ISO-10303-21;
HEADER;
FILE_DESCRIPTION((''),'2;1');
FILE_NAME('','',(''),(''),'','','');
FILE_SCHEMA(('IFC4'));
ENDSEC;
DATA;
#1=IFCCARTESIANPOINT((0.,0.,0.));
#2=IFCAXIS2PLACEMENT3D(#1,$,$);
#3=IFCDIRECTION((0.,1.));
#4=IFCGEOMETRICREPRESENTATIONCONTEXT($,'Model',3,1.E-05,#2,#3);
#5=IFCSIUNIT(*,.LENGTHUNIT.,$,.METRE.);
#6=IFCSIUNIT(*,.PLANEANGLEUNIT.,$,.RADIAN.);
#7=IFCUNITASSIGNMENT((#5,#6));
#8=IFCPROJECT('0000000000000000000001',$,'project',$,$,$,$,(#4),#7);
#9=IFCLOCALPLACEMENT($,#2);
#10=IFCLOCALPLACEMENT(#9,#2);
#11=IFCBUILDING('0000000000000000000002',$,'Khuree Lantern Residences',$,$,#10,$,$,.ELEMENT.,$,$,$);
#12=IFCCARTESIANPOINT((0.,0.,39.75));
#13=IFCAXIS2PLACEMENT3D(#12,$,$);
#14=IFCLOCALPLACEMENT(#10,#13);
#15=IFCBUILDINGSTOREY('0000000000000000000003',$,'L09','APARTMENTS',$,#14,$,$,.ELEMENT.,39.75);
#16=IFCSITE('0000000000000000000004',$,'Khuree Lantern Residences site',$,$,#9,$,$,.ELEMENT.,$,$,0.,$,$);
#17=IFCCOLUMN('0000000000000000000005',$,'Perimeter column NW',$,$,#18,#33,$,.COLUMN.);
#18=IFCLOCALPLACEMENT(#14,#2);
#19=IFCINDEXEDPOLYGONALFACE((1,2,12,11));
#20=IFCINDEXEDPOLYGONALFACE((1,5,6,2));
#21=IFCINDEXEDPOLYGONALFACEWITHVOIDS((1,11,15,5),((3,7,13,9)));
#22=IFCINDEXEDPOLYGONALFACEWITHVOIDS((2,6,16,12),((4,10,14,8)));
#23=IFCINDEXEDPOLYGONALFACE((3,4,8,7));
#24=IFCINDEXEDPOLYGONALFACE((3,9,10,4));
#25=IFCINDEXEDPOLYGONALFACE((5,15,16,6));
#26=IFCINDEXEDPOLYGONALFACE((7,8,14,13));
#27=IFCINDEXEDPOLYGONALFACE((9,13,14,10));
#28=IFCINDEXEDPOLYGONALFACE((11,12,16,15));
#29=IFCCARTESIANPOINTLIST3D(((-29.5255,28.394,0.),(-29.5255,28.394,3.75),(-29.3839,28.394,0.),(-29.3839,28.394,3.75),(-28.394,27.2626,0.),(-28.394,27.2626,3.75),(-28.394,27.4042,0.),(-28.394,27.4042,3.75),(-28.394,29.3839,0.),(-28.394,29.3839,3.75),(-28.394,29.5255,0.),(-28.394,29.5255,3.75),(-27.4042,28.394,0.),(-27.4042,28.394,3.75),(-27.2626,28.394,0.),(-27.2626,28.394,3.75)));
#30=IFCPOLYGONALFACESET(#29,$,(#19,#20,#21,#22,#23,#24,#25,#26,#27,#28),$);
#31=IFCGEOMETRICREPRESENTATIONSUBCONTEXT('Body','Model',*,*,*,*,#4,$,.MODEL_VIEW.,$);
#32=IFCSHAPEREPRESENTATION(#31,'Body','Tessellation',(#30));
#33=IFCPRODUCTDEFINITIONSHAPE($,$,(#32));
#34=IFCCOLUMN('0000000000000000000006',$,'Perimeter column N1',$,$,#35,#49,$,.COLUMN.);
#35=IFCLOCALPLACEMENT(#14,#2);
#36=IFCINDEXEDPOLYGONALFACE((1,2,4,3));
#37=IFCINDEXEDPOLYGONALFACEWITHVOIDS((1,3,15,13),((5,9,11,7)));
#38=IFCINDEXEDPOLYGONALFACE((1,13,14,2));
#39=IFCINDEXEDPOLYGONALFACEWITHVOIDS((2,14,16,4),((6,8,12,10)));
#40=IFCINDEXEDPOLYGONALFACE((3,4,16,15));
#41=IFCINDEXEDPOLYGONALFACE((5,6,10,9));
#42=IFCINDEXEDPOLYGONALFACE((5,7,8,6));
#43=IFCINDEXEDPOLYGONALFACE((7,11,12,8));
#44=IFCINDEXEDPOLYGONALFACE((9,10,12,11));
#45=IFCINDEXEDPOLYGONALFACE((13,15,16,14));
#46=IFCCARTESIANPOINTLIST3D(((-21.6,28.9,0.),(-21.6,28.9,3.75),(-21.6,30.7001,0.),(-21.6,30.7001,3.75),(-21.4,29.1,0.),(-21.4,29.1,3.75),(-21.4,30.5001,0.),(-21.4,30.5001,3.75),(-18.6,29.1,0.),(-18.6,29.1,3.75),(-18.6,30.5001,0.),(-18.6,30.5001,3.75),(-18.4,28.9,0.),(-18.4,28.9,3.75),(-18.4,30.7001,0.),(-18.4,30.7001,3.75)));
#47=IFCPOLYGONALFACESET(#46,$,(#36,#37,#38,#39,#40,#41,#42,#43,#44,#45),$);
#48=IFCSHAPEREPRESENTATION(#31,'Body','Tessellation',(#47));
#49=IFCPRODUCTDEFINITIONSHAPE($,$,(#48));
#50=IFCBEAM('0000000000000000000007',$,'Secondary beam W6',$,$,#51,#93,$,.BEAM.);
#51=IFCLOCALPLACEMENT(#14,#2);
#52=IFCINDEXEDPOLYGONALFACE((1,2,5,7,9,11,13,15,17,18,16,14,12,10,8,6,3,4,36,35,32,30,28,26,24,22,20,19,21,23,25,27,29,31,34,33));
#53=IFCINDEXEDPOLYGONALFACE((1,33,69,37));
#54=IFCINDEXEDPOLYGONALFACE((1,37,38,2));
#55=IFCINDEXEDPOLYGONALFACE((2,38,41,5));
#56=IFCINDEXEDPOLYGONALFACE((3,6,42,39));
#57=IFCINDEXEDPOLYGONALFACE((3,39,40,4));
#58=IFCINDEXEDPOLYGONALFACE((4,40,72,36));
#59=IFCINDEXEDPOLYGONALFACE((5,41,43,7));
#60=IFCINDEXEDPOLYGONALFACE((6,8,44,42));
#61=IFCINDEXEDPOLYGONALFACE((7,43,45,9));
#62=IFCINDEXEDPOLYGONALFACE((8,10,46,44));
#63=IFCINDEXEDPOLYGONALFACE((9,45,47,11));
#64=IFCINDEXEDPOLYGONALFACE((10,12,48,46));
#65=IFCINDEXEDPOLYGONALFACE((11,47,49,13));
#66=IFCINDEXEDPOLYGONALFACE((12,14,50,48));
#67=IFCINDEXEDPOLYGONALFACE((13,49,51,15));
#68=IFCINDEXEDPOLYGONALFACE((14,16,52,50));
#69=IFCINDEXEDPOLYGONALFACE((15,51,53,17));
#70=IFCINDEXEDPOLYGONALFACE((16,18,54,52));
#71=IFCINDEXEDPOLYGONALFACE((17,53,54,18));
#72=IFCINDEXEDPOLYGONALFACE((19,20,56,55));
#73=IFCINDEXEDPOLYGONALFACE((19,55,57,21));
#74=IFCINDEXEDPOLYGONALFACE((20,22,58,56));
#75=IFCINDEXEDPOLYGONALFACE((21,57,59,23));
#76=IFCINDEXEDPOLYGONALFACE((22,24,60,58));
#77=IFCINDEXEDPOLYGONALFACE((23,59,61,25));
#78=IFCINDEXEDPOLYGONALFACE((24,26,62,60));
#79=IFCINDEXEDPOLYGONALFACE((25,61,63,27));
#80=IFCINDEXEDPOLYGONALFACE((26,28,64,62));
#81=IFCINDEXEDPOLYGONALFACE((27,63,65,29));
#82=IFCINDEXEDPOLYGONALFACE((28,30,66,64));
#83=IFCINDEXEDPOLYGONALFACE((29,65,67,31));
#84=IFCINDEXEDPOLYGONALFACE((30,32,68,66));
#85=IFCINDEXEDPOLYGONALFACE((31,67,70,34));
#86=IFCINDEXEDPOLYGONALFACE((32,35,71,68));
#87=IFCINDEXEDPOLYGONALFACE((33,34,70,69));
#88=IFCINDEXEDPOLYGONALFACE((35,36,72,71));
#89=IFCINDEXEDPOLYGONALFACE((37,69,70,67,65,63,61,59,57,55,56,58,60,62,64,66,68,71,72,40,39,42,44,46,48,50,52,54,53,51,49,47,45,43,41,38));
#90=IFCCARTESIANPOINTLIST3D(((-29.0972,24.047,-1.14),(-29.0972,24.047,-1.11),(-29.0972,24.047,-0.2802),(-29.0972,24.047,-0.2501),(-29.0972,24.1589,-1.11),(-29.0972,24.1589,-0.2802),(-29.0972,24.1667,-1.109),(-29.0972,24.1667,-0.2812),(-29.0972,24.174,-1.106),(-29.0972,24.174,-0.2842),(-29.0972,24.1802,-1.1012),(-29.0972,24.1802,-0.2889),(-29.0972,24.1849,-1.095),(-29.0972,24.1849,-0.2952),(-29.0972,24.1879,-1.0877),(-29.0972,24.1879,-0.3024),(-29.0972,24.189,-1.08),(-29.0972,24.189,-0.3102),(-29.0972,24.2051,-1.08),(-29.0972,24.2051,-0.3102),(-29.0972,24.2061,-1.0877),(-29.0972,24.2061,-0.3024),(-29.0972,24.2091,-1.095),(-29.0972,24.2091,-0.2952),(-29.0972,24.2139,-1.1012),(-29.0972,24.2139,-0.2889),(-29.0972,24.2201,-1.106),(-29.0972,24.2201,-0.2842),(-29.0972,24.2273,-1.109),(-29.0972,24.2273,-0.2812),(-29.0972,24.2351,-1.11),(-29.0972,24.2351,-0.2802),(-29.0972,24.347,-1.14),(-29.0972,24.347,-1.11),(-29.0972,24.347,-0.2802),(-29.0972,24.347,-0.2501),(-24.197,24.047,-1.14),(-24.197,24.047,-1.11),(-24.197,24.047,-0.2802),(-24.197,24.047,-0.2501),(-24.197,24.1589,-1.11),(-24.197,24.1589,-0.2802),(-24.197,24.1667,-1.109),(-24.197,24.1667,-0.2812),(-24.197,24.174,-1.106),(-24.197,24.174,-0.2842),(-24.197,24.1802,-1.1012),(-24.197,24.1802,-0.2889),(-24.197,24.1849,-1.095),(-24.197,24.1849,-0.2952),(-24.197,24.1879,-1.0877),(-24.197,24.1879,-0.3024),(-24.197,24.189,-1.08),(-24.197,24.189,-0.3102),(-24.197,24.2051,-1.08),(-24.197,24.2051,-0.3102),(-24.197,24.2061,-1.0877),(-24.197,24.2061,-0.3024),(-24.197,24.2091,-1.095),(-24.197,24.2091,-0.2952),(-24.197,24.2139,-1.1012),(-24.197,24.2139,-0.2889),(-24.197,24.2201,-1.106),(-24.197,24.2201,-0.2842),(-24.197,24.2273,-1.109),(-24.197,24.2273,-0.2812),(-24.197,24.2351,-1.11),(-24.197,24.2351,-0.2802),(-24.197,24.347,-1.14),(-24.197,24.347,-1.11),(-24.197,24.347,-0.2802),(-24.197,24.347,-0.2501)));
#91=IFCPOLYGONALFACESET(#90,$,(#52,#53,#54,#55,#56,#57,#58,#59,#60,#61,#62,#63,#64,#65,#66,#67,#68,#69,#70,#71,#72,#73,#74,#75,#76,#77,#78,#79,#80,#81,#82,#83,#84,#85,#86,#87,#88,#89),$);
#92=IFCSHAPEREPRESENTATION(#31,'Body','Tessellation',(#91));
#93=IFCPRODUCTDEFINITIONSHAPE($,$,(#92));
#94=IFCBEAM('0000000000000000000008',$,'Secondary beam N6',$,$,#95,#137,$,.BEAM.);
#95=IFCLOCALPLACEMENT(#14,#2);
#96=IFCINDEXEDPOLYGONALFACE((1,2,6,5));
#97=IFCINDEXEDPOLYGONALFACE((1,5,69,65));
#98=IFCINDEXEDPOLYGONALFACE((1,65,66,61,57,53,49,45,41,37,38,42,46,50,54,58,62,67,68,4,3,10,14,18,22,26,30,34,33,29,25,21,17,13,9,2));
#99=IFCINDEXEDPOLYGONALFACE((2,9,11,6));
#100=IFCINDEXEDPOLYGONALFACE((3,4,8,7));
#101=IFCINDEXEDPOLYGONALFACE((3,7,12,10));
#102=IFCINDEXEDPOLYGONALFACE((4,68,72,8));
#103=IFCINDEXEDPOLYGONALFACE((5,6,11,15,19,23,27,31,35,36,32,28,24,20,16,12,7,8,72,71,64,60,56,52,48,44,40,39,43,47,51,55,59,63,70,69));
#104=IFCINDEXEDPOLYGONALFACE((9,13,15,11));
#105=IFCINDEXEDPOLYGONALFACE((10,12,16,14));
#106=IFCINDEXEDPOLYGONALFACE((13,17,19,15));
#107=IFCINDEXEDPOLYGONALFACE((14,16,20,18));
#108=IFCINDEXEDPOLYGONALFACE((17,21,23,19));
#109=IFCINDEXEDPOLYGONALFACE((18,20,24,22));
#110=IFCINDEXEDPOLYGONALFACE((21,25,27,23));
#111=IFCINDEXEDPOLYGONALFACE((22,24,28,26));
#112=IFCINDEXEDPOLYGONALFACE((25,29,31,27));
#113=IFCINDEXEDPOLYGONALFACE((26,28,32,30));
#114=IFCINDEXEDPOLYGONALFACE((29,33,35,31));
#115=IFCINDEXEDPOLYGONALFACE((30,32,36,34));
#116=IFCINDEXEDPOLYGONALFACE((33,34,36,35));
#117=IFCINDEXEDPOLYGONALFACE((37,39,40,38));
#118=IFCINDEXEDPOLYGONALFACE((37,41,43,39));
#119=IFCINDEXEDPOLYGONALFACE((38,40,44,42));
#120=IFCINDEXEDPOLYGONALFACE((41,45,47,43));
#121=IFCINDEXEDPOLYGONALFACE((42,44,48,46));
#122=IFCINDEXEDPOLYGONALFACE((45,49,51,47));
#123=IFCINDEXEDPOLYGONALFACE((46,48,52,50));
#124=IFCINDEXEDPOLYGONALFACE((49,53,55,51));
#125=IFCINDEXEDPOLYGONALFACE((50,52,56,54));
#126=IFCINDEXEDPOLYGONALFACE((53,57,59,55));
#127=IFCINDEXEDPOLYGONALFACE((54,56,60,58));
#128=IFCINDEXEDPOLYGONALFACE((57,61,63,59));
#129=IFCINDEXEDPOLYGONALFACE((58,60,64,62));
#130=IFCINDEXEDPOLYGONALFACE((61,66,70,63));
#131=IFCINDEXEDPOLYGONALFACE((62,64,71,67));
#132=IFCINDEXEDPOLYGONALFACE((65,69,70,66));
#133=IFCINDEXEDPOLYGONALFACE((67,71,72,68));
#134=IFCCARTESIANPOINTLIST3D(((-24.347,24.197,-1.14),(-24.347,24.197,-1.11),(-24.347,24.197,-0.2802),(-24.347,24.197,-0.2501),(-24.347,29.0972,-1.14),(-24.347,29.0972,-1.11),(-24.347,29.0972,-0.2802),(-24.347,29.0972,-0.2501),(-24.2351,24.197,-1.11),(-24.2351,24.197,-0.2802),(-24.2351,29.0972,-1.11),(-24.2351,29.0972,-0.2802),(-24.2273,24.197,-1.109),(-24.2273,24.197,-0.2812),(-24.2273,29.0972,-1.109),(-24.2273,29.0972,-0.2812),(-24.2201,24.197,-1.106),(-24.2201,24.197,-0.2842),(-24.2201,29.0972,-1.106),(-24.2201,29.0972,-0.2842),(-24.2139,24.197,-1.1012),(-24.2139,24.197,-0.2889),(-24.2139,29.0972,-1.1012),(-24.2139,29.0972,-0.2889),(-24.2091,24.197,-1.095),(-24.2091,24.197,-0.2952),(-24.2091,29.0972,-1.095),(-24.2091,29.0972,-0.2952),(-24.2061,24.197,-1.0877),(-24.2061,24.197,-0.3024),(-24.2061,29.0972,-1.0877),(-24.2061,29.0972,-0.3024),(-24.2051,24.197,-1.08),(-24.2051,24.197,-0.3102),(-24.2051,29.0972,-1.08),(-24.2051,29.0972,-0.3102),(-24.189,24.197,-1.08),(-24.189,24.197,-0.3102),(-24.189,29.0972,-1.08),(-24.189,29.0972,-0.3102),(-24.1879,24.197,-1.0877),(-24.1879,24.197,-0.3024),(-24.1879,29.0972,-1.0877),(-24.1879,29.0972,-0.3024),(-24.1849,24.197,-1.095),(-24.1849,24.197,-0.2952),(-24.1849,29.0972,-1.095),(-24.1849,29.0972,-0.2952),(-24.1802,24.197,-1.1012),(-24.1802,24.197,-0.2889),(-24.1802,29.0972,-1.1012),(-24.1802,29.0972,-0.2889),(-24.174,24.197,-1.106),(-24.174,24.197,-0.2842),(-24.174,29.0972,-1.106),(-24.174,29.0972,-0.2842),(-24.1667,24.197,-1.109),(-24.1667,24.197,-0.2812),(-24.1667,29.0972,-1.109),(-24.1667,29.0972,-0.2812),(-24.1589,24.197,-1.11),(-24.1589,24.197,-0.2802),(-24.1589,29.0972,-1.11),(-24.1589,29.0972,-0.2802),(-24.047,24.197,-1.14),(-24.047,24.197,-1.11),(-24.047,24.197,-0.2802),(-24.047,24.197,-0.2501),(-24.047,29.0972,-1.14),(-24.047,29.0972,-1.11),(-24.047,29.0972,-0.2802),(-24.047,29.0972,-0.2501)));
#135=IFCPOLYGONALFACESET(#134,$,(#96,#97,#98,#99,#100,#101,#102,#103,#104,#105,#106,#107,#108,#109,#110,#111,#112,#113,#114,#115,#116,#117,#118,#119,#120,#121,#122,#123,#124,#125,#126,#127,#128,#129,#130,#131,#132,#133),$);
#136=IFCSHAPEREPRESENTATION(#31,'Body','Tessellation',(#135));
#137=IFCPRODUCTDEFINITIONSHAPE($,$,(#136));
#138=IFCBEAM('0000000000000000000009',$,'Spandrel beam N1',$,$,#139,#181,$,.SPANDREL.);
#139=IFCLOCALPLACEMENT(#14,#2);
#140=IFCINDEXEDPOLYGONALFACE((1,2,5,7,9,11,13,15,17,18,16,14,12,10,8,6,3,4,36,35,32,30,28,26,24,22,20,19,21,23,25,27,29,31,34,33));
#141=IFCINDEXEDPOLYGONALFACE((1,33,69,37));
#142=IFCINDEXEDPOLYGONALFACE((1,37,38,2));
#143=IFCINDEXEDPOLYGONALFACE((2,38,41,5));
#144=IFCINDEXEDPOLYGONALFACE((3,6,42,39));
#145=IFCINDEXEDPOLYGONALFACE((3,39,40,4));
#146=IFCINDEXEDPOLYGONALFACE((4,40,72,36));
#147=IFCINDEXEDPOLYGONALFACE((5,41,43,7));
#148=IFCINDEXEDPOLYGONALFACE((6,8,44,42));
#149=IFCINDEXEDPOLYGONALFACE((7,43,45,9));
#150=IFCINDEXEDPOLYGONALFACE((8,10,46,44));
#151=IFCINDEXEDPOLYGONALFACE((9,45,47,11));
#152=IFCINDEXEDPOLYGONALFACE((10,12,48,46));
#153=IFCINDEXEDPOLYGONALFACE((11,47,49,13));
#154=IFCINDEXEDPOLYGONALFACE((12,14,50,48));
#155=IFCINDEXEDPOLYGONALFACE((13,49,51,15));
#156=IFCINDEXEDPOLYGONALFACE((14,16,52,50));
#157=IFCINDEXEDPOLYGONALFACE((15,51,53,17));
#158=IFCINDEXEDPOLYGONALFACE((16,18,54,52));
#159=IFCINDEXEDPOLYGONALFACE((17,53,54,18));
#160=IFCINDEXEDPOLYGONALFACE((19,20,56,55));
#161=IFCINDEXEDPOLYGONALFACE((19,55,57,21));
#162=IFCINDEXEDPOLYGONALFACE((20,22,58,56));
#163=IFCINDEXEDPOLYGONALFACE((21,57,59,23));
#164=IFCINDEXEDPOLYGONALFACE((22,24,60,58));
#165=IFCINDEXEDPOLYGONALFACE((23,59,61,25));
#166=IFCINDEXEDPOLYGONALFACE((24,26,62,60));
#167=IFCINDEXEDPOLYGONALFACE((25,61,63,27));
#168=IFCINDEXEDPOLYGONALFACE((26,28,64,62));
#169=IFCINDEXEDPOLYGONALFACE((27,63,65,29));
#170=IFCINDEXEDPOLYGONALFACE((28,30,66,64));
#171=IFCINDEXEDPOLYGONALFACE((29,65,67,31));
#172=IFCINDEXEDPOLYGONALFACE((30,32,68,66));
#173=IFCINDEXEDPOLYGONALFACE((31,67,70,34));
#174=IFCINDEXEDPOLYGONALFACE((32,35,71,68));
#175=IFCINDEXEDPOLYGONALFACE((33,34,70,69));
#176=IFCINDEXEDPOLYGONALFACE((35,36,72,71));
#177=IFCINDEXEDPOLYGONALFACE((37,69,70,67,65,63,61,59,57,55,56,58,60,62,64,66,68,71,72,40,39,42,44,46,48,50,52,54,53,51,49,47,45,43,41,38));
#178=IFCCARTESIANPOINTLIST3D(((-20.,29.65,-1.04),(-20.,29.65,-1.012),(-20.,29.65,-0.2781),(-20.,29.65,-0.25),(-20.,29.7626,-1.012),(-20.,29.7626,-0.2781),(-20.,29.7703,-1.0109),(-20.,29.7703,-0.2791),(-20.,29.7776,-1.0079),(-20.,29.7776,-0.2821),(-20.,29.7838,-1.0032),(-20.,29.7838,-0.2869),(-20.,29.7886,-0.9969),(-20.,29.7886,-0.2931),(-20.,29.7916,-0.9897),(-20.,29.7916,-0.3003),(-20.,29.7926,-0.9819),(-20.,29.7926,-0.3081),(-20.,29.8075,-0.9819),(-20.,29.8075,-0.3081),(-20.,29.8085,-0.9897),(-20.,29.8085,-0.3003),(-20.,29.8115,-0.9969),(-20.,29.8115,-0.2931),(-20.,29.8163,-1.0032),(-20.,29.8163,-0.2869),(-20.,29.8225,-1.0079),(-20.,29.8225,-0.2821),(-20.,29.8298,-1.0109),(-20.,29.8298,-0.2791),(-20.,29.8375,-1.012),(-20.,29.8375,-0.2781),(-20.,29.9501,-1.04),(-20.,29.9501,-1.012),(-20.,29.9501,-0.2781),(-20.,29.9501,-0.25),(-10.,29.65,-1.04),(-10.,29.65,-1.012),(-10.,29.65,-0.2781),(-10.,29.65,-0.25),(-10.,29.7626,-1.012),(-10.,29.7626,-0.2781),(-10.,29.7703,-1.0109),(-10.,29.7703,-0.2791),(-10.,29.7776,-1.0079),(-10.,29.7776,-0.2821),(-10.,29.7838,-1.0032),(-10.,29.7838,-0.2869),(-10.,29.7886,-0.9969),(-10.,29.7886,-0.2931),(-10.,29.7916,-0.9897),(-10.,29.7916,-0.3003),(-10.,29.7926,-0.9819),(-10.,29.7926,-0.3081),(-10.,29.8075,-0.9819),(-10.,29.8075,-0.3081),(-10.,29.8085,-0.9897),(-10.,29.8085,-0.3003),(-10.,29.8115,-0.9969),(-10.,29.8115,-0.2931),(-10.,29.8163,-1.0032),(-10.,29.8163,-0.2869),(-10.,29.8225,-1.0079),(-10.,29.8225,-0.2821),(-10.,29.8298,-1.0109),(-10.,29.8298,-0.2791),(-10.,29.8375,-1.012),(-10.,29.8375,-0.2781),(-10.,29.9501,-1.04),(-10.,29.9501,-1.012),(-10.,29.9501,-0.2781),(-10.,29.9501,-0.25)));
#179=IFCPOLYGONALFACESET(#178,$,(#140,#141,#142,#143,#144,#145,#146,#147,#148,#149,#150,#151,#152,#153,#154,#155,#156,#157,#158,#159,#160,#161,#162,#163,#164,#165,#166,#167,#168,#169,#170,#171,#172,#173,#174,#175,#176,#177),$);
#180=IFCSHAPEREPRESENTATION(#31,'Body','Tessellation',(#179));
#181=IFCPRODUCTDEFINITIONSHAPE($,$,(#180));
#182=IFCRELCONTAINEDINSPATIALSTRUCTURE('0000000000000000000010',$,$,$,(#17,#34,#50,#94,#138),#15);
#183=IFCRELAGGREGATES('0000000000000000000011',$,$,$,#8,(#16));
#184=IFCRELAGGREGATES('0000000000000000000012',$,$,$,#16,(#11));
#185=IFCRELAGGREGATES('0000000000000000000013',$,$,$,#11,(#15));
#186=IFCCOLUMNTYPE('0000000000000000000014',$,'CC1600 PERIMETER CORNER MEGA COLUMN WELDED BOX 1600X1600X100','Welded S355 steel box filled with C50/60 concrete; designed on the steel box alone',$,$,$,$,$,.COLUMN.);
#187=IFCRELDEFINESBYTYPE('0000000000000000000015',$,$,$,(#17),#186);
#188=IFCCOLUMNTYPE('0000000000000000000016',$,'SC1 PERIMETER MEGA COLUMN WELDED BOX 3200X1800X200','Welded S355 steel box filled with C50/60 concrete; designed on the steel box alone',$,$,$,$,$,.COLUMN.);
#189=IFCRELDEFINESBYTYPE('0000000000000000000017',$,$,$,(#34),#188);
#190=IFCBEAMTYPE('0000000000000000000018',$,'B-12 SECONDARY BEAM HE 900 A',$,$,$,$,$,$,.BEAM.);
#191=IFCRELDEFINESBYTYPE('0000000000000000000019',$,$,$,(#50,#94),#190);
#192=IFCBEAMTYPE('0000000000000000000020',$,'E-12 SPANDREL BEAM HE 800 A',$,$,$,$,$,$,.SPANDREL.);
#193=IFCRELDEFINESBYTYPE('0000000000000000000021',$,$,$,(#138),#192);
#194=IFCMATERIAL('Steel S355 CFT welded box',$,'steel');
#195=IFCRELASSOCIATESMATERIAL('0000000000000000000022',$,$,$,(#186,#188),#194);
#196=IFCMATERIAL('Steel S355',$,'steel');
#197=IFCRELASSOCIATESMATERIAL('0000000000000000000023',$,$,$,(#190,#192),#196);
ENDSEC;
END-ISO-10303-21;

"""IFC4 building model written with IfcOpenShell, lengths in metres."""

from ifc_helpers import new_model, si_unit, direction, frame, origin, origin_2d, place, context, subcontext, project, spatial, hollow_rectangle, i_section, extrude, material, material_profile, profile_set, type_object, element, save


model = new_model("IFC4")

# Units and contexts
model_context = context("Model", 3, precision=1e-05, world=origin(), true_north=direction((0.0, 1.0)))
body_context = subcontext(model_context, "Body", "Model", "MODEL_VIEW")
ifc_project = project(units=[si_unit("LENGTHUNIT", "METRE"), si_unit("PLANEANGLEUNIT", "RADIAN")], contexts=[model_context])

# Site, building, storey
site_placement = place(None, origin())
site = spatial("IfcSite", under=ifc_project, at=site_placement, Name="Khuree Lantern Residences site", CompositionType="ELEMENT", RefElevation=0.0)
building_placement = place(site_placement, origin())
building = spatial("IfcBuilding", under=site, at=building_placement, Name="Khuree Lantern Residences", CompositionType="ELEMENT")
storey_placement = place(building_placement, frame((0.0, 0.0, 39.75)))
storey = spatial("IfcBuildingStorey", under=building, at=storey_placement, Name="L09", Description="APARTMENTS", CompositionType="ELEMENT", Elevation=39.75)

# Columns
ifc_material_1 = material(Name="Steel S355 CFT welded box", Category="steel")
ifc_material_profile_1 = material_profile(ifc_material_1, hollow_rectangle(XDim=1.6001, YDim=1.6001, WallThickness=0.1001, at=origin_2d()), Name="WELDED BOX 1600X1600X100")
ifc_profile_set_1 = profile_set([ifc_material_profile_1], Name="Steel S355 CFT welded box")
column_type_1 = type_object("IfcColumnType", Name="CC1600 PERIMETER CORNER MEGA COLUMN WELDED BOX 1600X1600X100", Description="Welded S355 steel box filled with C50/60 concrete; designed on the steel box alone", PredefinedType="COLUMN", material=ifc_profile_set_1)
column_1_placement = place(storey_placement, frame((-28.394, 28.394, 0.0), z_axis=(0.0, 0.0, 1.0), x_axis=(0.707107, 0.707107, 0.0)))
element("IfcColumn", 1, at=column_1_placement, inside=storey, type_object=column_type_1, Name="Perimeter column NW", PredefinedType="COLUMN", context=body_context, shape_type="SweptSolid", body=[
    extrude(hollow_rectangle(XDim=1.6001, YDim=1.6001, WallThickness=0.1001, at=origin_2d()), origin(), (0.0, 0.0, 1.0), 3.75),
])
ifc_material_profile_2 = material_profile(ifc_material_1, hollow_rectangle(XDim=3.2, YDim=1.8, WallThickness=0.2, at=origin_2d()), Name="WELDED BOX 3200X1800X200")
ifc_profile_set_2 = profile_set([ifc_material_profile_2], Name="Steel S355 CFT welded box")
column_type_2 = type_object("IfcColumnType", Name="SC1 PERIMETER MEGA COLUMN WELDED BOX 3200X1800X200", Description="Welded S355 steel box filled with C50/60 concrete; designed on the steel box alone", PredefinedType="COLUMN", material=ifc_profile_set_2)
column_2_placement = place(storey_placement, frame((-20.0, 29.8, 0.0), z_axis=(0.0, 0.0, 1.0), x_axis=(1.0, 0.0, 0.0)))
element("IfcColumn", 2, at=column_2_placement, inside=storey, type_object=column_type_2, Name="Perimeter column N1", PredefinedType="COLUMN", context=body_context, shape_type="SweptSolid", body=[
    extrude(hollow_rectangle(XDim=3.2, YDim=1.8, WallThickness=0.2, at=origin_2d()), origin(), (0.0, 0.0, 1.0), 3.75),
])

# Beams
ifc_material_2 = material(Name="Steel S355", Category="steel")
ifc_material_profile_3 = material_profile(ifc_material_2, i_section(OverallWidth=0.3, OverallDepth=0.8899, WebThickness=0.0161, FlangeThickness=0.03, FilletRadius=0.03, at=origin_2d()), Name="HE 900 A")
ifc_profile_set_3 = profile_set([ifc_material_profile_3], Name="Steel S355")
beam_type_1 = type_object("IfcBeamType", Name="B-12 SECONDARY BEAM HE 900 A", PredefinedType="BEAM", material=ifc_profile_set_3)
for number, where, z_axis, x_axis, name in (
    (3, (-29.0972, 24.197, -0.6951), (1.0, 0.0, 0.0), (0.0, 1.0, 0.0), "Secondary beam W6"),
    (4, (-24.197, 29.0972, -0.6951), (0.0, -1.0, 0.0), (1.0, 0.0, 0.0), "Secondary beam N6"),
):
    element("IfcBeam", number, at=place(storey_placement, frame(where, z_axis=z_axis, x_axis=x_axis)), inside=storey, type_object=beam_type_1, Name=name, PredefinedType="BEAM", context=body_context, shape_type="SweptSolid", body=[
        extrude(i_section(OverallWidth=0.3, OverallDepth=0.8899, WebThickness=0.0161, FlangeThickness=0.03, FilletRadius=0.03, at=origin_2d()), origin(), (0.0, 0.0, 1.0), 4.9001),
    ])
ifc_material_profile_4 = material_profile(ifc_material_2, i_section(OverallWidth=0.3, OverallDepth=0.79, WebThickness=0.0149, FlangeThickness=0.0281, FilletRadius=0.03, at=origin_2d()), Name="HE 800 A")
ifc_profile_set_4 = profile_set([ifc_material_profile_4], Name="Steel S355")
beam_type_2 = type_object("IfcBeamType", Name="E-12 SPANDREL BEAM HE 800 A", PredefinedType="SPANDREL", material=ifc_profile_set_4)
beam_1_placement = place(storey_placement, frame((-20.0, 29.8, -0.645), z_axis=(1.0, 0.0, 0.0), x_axis=(0.0, 1.0, 0.0)))
element("IfcBeam", 5, at=beam_1_placement, inside=storey, type_object=beam_type_2, Name="Spandrel beam N1", PredefinedType="SPANDREL", context=body_context, shape_type="SweptSolid", body=[
    extrude(i_section(OverallWidth=0.3, OverallDepth=0.79, WebThickness=0.0149, FlangeThickness=0.0281, FilletRadius=0.03, at=origin_2d()), origin(), (0.0, 0.0, 1.0), 10.0),
])

save(model, "model.ifc")
